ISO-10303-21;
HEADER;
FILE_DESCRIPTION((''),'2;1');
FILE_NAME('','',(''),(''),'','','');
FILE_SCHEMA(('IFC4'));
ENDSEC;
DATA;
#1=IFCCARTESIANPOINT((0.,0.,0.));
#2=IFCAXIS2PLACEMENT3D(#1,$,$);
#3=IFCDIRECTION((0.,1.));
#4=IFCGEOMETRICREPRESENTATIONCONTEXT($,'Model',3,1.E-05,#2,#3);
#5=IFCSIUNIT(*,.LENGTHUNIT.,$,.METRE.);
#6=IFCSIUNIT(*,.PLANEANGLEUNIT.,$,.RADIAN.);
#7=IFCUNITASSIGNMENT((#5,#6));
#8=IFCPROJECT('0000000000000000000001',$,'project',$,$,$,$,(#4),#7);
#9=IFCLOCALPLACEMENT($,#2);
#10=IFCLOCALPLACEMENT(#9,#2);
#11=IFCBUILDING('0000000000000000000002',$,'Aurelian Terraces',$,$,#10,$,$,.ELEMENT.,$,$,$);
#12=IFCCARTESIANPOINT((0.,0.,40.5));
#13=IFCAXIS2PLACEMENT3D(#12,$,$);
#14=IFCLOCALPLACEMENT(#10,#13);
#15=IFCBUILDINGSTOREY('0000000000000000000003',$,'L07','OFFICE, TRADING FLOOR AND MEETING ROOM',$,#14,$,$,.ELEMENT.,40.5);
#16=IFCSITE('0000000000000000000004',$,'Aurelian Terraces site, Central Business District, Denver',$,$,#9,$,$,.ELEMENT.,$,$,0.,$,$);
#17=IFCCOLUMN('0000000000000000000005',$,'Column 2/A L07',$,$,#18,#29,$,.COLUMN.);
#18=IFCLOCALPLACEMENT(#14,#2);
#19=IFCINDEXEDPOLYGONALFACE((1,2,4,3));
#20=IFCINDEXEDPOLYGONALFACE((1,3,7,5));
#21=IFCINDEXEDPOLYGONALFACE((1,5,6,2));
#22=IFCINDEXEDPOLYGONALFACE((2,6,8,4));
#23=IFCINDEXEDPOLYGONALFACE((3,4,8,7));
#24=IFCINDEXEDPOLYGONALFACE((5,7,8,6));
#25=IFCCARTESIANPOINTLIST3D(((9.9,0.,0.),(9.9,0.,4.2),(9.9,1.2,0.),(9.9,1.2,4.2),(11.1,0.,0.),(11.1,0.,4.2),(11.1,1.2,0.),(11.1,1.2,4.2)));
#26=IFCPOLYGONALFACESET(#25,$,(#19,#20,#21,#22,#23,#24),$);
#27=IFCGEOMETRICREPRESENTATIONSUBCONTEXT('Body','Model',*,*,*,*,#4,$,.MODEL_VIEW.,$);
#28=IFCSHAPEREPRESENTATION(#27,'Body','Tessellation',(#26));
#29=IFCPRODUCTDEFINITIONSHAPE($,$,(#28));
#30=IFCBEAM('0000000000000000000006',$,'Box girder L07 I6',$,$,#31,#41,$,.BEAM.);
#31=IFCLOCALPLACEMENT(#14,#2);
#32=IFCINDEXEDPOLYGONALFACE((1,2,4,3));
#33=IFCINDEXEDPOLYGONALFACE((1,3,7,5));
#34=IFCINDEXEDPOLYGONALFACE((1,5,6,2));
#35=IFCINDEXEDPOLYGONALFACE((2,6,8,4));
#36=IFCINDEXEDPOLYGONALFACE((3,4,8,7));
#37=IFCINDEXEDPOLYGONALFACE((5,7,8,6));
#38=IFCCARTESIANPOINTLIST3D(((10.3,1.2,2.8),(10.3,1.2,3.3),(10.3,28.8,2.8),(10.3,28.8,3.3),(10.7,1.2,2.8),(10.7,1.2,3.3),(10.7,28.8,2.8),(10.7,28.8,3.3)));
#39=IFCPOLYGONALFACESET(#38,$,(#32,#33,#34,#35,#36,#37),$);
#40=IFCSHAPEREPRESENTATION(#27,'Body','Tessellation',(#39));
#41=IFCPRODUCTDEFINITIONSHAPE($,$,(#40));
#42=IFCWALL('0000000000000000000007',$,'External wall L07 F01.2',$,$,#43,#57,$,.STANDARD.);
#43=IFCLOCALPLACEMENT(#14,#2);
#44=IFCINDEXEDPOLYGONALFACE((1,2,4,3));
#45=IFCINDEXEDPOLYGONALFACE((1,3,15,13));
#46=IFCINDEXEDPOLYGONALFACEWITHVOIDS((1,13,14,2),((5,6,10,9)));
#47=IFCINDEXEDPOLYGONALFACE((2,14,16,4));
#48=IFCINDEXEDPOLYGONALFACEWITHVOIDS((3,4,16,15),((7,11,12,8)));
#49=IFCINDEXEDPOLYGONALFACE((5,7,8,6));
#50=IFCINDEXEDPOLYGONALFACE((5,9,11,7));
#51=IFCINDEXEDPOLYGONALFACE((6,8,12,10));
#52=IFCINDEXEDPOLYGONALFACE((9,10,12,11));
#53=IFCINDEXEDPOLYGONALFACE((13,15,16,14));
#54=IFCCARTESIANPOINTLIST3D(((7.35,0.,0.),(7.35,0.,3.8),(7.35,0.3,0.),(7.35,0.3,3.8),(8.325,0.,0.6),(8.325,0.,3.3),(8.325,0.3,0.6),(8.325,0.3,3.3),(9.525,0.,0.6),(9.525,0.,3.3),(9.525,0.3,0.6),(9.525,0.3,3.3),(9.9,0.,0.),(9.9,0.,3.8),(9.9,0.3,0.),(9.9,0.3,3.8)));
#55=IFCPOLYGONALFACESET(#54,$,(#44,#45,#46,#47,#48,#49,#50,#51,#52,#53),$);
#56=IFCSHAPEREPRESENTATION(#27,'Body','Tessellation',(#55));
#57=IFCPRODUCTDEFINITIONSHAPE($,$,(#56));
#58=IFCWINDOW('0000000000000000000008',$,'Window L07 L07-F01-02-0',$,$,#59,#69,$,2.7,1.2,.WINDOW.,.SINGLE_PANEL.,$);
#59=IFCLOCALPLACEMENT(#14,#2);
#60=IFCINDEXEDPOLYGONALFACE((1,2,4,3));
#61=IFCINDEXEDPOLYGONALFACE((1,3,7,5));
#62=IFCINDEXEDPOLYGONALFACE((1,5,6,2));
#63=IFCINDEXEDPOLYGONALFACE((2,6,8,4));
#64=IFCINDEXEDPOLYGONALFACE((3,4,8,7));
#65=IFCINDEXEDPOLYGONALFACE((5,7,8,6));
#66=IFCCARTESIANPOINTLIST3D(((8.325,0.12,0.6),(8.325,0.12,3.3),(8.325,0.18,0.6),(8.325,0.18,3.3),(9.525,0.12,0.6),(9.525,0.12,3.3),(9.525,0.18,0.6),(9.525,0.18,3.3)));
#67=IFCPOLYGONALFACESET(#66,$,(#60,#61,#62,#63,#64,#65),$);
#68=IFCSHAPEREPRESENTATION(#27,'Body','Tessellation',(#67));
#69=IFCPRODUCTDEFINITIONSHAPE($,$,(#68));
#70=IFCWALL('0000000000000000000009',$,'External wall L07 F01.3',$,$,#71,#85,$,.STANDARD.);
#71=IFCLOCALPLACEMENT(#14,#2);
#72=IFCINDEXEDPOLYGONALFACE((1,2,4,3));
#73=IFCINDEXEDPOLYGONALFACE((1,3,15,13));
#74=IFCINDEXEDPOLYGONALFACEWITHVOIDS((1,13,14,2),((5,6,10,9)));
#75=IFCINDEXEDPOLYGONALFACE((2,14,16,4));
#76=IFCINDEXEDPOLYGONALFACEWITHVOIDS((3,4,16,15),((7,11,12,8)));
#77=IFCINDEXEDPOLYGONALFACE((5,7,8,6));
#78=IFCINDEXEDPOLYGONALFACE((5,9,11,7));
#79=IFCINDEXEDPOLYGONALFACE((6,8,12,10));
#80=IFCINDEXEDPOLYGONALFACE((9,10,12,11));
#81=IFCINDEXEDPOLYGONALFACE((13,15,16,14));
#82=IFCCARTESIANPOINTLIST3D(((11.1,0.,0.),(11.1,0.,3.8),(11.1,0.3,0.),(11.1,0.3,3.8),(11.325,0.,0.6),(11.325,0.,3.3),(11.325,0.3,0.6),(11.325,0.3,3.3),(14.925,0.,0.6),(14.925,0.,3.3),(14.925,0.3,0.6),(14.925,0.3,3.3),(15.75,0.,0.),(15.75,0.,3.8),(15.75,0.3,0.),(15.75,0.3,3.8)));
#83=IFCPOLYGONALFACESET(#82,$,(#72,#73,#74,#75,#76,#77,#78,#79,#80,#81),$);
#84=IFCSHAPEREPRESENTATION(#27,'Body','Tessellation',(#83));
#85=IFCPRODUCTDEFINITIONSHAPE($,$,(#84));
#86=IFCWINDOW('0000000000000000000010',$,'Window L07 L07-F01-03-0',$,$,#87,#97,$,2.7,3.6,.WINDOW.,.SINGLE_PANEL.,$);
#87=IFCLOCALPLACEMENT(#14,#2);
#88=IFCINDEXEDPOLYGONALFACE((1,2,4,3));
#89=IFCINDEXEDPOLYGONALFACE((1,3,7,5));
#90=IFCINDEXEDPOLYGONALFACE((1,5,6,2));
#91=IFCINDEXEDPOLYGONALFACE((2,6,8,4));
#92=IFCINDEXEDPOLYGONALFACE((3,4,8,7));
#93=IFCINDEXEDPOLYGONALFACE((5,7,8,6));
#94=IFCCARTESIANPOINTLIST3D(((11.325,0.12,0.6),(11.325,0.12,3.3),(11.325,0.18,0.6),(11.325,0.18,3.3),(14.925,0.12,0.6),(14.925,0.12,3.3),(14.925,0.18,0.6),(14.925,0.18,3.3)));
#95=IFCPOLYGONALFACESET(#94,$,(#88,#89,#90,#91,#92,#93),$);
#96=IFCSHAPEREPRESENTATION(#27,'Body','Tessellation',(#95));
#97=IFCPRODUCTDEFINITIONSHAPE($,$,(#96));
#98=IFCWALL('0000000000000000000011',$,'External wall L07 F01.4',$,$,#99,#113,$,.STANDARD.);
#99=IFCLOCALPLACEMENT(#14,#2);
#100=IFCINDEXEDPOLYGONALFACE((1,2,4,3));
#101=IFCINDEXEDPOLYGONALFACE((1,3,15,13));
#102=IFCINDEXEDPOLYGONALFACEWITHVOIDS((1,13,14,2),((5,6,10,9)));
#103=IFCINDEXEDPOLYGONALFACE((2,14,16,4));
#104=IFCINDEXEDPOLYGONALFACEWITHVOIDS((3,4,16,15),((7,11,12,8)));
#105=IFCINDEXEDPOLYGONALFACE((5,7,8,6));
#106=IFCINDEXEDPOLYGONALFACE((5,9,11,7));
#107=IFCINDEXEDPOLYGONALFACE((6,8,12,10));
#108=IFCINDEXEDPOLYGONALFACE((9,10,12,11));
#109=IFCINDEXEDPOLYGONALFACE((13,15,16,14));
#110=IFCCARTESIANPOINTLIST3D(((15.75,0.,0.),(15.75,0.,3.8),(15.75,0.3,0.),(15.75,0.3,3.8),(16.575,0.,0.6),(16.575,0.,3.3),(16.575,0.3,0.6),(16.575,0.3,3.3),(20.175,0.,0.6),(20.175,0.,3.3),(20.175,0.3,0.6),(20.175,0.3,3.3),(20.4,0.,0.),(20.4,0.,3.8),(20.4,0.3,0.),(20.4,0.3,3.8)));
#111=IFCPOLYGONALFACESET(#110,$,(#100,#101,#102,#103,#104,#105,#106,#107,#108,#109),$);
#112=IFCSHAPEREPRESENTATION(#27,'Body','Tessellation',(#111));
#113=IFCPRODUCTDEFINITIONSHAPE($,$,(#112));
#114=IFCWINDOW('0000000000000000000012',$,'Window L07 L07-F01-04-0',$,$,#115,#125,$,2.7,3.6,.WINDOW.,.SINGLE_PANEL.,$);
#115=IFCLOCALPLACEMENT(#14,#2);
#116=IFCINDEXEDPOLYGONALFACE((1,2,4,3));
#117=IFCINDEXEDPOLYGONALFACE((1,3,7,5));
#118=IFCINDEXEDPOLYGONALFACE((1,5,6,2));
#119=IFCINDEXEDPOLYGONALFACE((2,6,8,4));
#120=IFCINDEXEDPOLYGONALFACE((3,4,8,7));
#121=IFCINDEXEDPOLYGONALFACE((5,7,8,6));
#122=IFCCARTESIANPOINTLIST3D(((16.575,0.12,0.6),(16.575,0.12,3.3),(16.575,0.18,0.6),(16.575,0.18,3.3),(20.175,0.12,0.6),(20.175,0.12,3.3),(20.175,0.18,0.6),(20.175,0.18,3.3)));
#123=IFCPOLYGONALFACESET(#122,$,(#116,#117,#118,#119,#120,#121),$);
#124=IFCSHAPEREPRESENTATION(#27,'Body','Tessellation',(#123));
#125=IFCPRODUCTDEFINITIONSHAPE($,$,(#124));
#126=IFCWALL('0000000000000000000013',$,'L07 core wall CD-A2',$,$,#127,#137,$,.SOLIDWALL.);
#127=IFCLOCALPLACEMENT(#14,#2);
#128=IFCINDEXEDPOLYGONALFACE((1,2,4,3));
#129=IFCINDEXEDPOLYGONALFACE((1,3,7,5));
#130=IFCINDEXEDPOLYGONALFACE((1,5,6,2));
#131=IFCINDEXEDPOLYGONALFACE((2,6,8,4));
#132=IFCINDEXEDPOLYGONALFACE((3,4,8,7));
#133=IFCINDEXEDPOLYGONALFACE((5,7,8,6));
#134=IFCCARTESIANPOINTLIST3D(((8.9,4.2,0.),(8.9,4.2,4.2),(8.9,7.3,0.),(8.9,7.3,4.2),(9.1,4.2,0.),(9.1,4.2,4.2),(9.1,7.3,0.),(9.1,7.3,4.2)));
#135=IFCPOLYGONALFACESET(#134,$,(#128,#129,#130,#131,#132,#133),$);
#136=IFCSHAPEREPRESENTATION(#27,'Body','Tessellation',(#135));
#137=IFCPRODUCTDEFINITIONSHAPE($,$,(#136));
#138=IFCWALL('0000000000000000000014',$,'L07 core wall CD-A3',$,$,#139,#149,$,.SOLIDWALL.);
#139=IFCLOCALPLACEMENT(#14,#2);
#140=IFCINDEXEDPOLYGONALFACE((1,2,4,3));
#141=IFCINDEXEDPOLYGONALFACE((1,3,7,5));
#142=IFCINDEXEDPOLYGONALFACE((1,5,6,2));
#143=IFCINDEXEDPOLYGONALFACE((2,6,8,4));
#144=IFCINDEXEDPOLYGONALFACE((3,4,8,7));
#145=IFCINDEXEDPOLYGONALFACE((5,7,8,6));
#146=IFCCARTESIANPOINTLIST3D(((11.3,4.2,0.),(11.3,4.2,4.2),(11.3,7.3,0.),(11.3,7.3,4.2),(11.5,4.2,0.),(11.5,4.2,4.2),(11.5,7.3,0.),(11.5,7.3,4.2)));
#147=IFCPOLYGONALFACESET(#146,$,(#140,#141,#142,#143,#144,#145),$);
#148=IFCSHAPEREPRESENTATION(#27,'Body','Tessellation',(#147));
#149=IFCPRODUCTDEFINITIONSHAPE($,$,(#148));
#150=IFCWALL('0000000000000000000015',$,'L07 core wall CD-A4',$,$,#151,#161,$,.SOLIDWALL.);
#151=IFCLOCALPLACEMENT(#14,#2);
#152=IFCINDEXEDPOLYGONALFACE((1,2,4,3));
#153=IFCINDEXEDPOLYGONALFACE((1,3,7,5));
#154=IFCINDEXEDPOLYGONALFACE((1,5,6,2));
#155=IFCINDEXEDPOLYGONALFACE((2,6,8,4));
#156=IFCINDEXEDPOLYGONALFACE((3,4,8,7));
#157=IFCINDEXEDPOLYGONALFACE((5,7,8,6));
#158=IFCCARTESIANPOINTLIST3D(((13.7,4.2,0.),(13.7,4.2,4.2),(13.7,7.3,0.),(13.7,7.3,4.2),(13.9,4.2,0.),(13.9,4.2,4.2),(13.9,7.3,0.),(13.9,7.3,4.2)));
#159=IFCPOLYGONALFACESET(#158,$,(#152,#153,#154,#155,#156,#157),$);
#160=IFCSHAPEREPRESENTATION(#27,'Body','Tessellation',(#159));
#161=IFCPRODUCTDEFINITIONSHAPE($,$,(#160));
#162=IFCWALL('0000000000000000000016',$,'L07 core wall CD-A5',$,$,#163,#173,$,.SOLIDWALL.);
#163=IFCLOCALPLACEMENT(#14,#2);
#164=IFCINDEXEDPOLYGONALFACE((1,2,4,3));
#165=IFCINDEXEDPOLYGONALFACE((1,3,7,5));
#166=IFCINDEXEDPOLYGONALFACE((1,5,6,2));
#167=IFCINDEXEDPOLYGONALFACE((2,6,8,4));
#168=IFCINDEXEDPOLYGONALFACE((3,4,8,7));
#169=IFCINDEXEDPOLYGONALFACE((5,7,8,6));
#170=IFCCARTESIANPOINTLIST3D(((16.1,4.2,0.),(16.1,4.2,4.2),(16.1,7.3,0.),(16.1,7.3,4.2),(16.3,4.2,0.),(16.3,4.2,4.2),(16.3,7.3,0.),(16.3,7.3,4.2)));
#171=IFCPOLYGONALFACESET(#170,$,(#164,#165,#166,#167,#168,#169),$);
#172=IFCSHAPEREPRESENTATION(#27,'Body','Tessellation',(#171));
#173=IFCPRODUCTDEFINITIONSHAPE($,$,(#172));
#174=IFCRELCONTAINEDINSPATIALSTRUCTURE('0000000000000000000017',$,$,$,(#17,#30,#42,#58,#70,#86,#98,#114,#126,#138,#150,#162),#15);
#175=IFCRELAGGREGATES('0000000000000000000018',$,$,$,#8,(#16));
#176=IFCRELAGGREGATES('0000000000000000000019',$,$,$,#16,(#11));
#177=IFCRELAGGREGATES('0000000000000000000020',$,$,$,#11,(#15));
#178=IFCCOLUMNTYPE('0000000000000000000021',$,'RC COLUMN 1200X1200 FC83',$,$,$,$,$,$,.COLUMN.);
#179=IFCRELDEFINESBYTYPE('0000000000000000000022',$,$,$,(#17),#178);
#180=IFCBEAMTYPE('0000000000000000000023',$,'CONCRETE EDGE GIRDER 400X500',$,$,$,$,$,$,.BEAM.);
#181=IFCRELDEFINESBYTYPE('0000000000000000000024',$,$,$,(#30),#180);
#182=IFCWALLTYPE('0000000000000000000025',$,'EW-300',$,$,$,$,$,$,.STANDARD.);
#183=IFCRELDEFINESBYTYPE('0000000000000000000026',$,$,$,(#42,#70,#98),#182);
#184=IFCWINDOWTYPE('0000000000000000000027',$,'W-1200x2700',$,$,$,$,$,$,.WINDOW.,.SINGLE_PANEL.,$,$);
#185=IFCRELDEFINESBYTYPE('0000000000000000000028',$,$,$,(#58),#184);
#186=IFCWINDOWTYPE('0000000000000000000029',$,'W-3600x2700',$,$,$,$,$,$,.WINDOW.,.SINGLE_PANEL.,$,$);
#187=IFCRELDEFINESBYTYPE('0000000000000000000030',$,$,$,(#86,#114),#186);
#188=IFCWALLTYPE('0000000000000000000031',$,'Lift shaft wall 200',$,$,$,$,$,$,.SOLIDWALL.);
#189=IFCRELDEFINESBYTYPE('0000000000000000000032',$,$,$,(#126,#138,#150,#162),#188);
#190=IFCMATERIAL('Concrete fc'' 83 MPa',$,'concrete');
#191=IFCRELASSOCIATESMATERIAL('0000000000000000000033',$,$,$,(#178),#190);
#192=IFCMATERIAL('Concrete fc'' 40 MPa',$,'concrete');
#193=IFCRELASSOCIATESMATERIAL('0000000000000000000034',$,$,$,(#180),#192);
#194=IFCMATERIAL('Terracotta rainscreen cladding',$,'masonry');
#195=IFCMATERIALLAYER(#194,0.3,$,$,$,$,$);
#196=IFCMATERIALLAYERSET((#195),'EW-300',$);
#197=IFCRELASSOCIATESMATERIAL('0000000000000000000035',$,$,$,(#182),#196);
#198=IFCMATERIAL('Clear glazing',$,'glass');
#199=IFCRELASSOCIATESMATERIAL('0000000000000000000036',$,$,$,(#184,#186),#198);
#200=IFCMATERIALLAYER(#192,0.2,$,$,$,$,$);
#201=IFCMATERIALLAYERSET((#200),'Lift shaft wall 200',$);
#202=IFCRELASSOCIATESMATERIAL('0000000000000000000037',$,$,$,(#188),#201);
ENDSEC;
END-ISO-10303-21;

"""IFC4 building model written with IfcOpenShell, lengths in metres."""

from ifc_helpers import new_model, si_unit, direction, frame, frame_2d, origin, origin_2d, place, context, subcontext, project, spatial, rectangle, extrude, source, transform, mapped, material, layer, layer_set, material_profile, profile_set, type_object, element, fill, save


model = new_model("IFC4")

# Units and contexts
model_context = context("Model", 3, precision=1e-05, world=origin(), true_north=direction((0.0, 1.0)))
body_context = subcontext(model_context, "Body", "Model", "MODEL_VIEW")
ifc_project = project(units=[si_unit("LENGTHUNIT", "METRE"), si_unit("PLANEANGLEUNIT", "RADIAN")], contexts=[model_context])

# Site, building, storey
site_placement = place(None, origin())
site = spatial("IfcSite", under=ifc_project, at=site_placement, Name="Aurelian Terraces site, Central Business District, Denver", CompositionType="ELEMENT", RefElevation=0.0)
building_placement = place(site_placement, origin())
building = spatial("IfcBuilding", under=site, at=building_placement, Name="Aurelian Terraces", CompositionType="ELEMENT")
storey_placement = place(building_placement, frame((0.0, 0.0, 40.5)))
storey = spatial("IfcBuildingStorey", under=building, at=storey_placement, Name="L07", Description="OFFICE, TRADING FLOOR AND MEETING ROOM", CompositionType="ELEMENT", Elevation=40.5)

# Column
ifc_material_1 = material(Name="Concrete fc' 83 MPa", Category="concrete")
ifc_material_profile_1 = material_profile(ifc_material_1, rectangle(XDim=1.2, YDim=1.2, at=origin_2d()))
ifc_profile_set_1 = profile_set([ifc_material_profile_1], Name="Concrete fc' 83 MPa")
column_type = type_object("IfcColumnType", Name="RC COLUMN 1200X1200 FC83", PredefinedType="COLUMN", material=ifc_profile_set_1)
column_placement = place(storey_placement, frame((10.5, 0.6, 0.0), z_axis=(0.0, 0.0, 1.0), x_axis=(1.0, 0.0, 0.0)))
element("IfcColumn", 1, at=column_placement, inside=storey, type_object=column_type, Name="Column 2/A L07", PredefinedType="COLUMN", context=body_context, shape_type="SweptSolid", body=[
    extrude(rectangle(XDim=1.2, YDim=1.2, at=origin_2d()), origin(), (0.0, 0.0, 1.0), 4.2),
])

# Beam
ifc_material_2 = material(Name="Concrete fc' 40 MPa", Category="concrete")
ifc_material_profile_2 = material_profile(ifc_material_2, rectangle(XDim=0.4, YDim=0.5, at=origin_2d()))
ifc_profile_set_2 = profile_set([ifc_material_profile_2], Name="Concrete fc' 40 MPa")
beam_type = type_object("IfcBeamType", Name="CONCRETE EDGE GIRDER 400X500", PredefinedType="BEAM", material=ifc_profile_set_2)
beam_placement = place(storey_placement, frame((10.5, 1.2, 3.05), z_axis=(0.0, 1.0, 0.0), x_axis=(-1.0, 0.0, 0.0)))
element("IfcBeam", 2, at=beam_placement, inside=storey, type_object=beam_type, Name="Box girder L07 I6", PredefinedType="BEAM", context=body_context, shape_type="SweptSolid", body=[
    extrude(rectangle(XDim=0.4, YDim=0.5, at=origin_2d()), origin(), (0.0, 0.0, 1.0), 27.6),
])

# Walls, openings, windows
ifc_material_3 = material(Name="Terracotta rainscreen cladding", Category="masonry")
ifc_layer_1 = layer(ifc_material_3, 0.3)
ifc_layer_set_1 = layer_set([ifc_layer_1], Name="EW-300")
wall_type_1 = type_object("IfcWallType", Name="EW-300", PredefinedType="STANDARD", material=ifc_layer_set_1)
wall_1_placement = place(storey_placement, frame((7.35, 0.15, 0.0), z_axis=(0.0, 0.0, 1.0), x_axis=(1.0, 0.0, 0.0)))
wall_1 = element("IfcWall", 3, at=wall_1_placement, inside=storey, type_object=wall_type_1, Name="External wall L07 F01.2", PredefinedType="STANDARD", context=body_context, shape_type="SweptSolid", body=[
    extrude(rectangle(XDim=2.55, YDim=0.3, at=frame_2d((1.275, 0.0))), origin(), (0.0, 0.0, 1.0), 3.8),
])
opening_1_placement = place(wall_1_placement, frame((0.975, 0.0, 0.6)))
opening_1 = element("IfcOpeningElement", 4, at=opening_1_placement, cuts=wall_1, PredefinedType="OPENING", context=body_context, shape_type="SweptSolid", body=[
    extrude(rectangle(XDim=1.2, YDim=2.7, at=frame_2d((0.6, 1.35))), frame((0.0, 0.16, 0.0), z_axis=(0.0, -1.0, 0.0), x_axis=(1.0, 0.0, 0.0)), (0.0, 0.0, 1.0), 0.32),
])
ifc_material_4 = material(Name="Clear glazing", Category="glass")
window_type_1 = type_object("IfcWindowType", Name="W-1200x2700", PartitioningType="SINGLE_PANEL", PredefinedType="WINDOW", material=ifc_material_4)
window_1_placement = place(opening_1_placement, origin())
window_1 = element("IfcWindow", 5, at=window_1_placement, inside=storey, type_object=window_type_1, Name="Window L07 L07-F01-02-0", OverallHeight=2.7, OverallWidth=1.2, PartitioningType="SINGLE_PANEL", PredefinedType="WINDOW", context=body_context, shape_type="SweptSolid", body=[
    extrude(rectangle(XDim=1.2, YDim=2.7, at=frame_2d((0.6, 1.35))), frame((0.0, 0.03, 0.0), z_axis=(0.0, -1.0, 0.0), x_axis=(1.0, 0.0, 0.0)), (0.0, 0.0, 1.0), 0.06),
])
fill(opening_1, window_1)
wall_2_placement = place(storey_placement, frame((11.1, 0.15, 0.0), z_axis=(0.0, 0.0, 1.0), x_axis=(1.0, 0.0, 0.0)))
wall_2 = element("IfcWall", 6, at=wall_2_placement, inside=storey, type_object=wall_type_1, Name="External wall L07 F01.3", PredefinedType="STANDARD", context=body_context, shape_type="SweptSolid", body=[
    extrude(rectangle(XDim=4.65, YDim=0.3, at=frame_2d((2.325, 0.0))), origin(), (0.0, 0.0, 1.0), 3.8),
])
opening_2_placement = place(wall_2_placement, frame((0.225, 0.0, 0.6)))
opening_2 = element("IfcOpeningElement", 7, at=opening_2_placement, cuts=wall_2, PredefinedType="OPENING", context=body_context, shape_type="SweptSolid", body=[
    extrude(rectangle(XDim=3.6, YDim=2.7, at=frame_2d((1.8, 1.35))), frame((0.0, 0.16, 0.0), z_axis=(0.0, -1.0, 0.0), x_axis=(1.0, 0.0, 0.0)), (0.0, 0.0, 1.0), 0.32),
])
window_type_2 = type_object("IfcWindowType", Name="W-3600x2700", PartitioningType="SINGLE_PANEL", PredefinedType="WINDOW", material=ifc_material_4)
window_2_placement = place(opening_2_placement, origin())
window_2 = element("IfcWindow", 8, at=window_2_placement, inside=storey, type_object=window_type_2, Name="Window L07 L07-F01-03-0", OverallHeight=2.7, OverallWidth=3.6, PartitioningType="SINGLE_PANEL", PredefinedType="WINDOW", context=body_context, shape_type="SweptSolid", body=[
    extrude(rectangle(XDim=3.6, YDim=2.7, at=frame_2d((1.8, 1.35))), frame((0.0, 0.03, 0.0), z_axis=(0.0, -1.0, 0.0), x_axis=(1.0, 0.0, 0.0)), (0.0, 0.0, 1.0), 0.06),
])
fill(opening_2, window_2)
shared_shape_1 = source(origin(), body_context, "Body", "SweptSolid", [
    extrude(rectangle(XDim=4.65, YDim=0.3, at=frame_2d((2.325, 0.0))), origin(), (0.0, 0.0, 1.0), 3.8),
])
wall_3_placement = place(storey_placement, frame((15.75, 0.15, 0.0), z_axis=(0.0, 0.0, 1.0), x_axis=(1.0, 0.0, 0.0)))
wall_3 = element("IfcWall", 9, at=wall_3_placement, inside=storey, type_object=wall_type_1, Name="External wall L07 F01.4", PredefinedType="STANDARD", context=body_context, shape_type="MappedRepresentation", body=[
    mapped(shared_shape_1, transform((0.0, 0.0, 0.0), scale=1.0)),
])
shared_shape_2 = source(origin(), body_context, "Body", "SweptSolid", [
    extrude(rectangle(XDim=3.6, YDim=2.7, at=frame_2d((1.8, 1.35))), frame((0.0, 0.16, 0.0), z_axis=(0.0, -1.0, 0.0), x_axis=(1.0, 0.0, 0.0)), (0.0, 0.0, 1.0), 0.32),
])
opening_3_placement = place(wall_3_placement, frame((0.825, 0.0, 0.6)))
opening_3 = element("IfcOpeningElement", 10, at=opening_3_placement, cuts=wall_3, PredefinedType="OPENING", context=body_context, shape_type="MappedRepresentation", body=[
    mapped(shared_shape_2, transform((0.0, 0.0, 0.0), scale=1.0)),
])
shared_shape_3 = source(origin(), body_context, "Body", "SweptSolid", [
    extrude(rectangle(XDim=3.6, YDim=2.7, at=frame_2d((1.8, 1.35))), frame((0.0, 0.03, 0.0), z_axis=(0.0, -1.0, 0.0), x_axis=(1.0, 0.0, 0.0)), (0.0, 0.0, 1.0), 0.06),
])
window_3_placement = place(opening_3_placement, origin())
window_3 = element("IfcWindow", 11, at=window_3_placement, inside=storey, type_object=window_type_2, Name="Window L07 L07-F01-04-0", OverallHeight=2.7, OverallWidth=3.6, PartitioningType="SINGLE_PANEL", PredefinedType="WINDOW", context=body_context, shape_type="MappedRepresentation", body=[
    mapped(shared_shape_3, transform((0.0, 0.0, 0.0), scale=1.0)),
])
fill(opening_3, window_3)

# Walls
ifc_layer_2 = layer(ifc_material_2, 0.2)
ifc_layer_set_2 = layer_set([ifc_layer_2], Name="Lift shaft wall 200")
wall_type_2 = type_object("IfcWallType", Name="Lift shaft wall 200", PredefinedType="SOLIDWALL", material=ifc_layer_set_2)
shared_shape_4 = source(origin(), body_context, "Body", "SweptSolid", [
    extrude(rectangle(XDim=3.1, YDim=0.2, at=frame_2d((1.55, 0.0))), origin(), (0.0, 0.0, 1.0), 4.2),
])
for number, where, z_axis, x_axis, name in (
    (12, (9.0, 4.2, 0.0), (0.0, 0.0, 1.0), (0.0, 1.0, 0.0), "L07 core wall CD-A2"),
    (13, (11.4, 4.2, 0.0), (0.0, 0.0, 1.0), (0.0, 1.0, 0.0), "L07 core wall CD-A3"),
    (14, (13.8, 4.2, 0.0), (0.0, 0.0, 1.0), (0.0, 1.0, 0.0), "L07 core wall CD-A4"),
    (15, (16.2, 4.2, 0.0), (0.0, 0.0, 1.0), (0.0, 1.0, 0.0), "L07 core wall CD-A5"),
):
    element("IfcWall", number, at=place(storey_placement, frame(where, z_axis=z_axis, x_axis=x_axis)), inside=storey, type_object=wall_type_2, Name=name, PredefinedType="SOLIDWALL", context=body_context, shape_type="MappedRepresentation", body=[
        mapped(shared_shape_4, transform((0.0, 0.0, 0.0), scale=1.0)),
    ])

save(model, "model.ifc")
